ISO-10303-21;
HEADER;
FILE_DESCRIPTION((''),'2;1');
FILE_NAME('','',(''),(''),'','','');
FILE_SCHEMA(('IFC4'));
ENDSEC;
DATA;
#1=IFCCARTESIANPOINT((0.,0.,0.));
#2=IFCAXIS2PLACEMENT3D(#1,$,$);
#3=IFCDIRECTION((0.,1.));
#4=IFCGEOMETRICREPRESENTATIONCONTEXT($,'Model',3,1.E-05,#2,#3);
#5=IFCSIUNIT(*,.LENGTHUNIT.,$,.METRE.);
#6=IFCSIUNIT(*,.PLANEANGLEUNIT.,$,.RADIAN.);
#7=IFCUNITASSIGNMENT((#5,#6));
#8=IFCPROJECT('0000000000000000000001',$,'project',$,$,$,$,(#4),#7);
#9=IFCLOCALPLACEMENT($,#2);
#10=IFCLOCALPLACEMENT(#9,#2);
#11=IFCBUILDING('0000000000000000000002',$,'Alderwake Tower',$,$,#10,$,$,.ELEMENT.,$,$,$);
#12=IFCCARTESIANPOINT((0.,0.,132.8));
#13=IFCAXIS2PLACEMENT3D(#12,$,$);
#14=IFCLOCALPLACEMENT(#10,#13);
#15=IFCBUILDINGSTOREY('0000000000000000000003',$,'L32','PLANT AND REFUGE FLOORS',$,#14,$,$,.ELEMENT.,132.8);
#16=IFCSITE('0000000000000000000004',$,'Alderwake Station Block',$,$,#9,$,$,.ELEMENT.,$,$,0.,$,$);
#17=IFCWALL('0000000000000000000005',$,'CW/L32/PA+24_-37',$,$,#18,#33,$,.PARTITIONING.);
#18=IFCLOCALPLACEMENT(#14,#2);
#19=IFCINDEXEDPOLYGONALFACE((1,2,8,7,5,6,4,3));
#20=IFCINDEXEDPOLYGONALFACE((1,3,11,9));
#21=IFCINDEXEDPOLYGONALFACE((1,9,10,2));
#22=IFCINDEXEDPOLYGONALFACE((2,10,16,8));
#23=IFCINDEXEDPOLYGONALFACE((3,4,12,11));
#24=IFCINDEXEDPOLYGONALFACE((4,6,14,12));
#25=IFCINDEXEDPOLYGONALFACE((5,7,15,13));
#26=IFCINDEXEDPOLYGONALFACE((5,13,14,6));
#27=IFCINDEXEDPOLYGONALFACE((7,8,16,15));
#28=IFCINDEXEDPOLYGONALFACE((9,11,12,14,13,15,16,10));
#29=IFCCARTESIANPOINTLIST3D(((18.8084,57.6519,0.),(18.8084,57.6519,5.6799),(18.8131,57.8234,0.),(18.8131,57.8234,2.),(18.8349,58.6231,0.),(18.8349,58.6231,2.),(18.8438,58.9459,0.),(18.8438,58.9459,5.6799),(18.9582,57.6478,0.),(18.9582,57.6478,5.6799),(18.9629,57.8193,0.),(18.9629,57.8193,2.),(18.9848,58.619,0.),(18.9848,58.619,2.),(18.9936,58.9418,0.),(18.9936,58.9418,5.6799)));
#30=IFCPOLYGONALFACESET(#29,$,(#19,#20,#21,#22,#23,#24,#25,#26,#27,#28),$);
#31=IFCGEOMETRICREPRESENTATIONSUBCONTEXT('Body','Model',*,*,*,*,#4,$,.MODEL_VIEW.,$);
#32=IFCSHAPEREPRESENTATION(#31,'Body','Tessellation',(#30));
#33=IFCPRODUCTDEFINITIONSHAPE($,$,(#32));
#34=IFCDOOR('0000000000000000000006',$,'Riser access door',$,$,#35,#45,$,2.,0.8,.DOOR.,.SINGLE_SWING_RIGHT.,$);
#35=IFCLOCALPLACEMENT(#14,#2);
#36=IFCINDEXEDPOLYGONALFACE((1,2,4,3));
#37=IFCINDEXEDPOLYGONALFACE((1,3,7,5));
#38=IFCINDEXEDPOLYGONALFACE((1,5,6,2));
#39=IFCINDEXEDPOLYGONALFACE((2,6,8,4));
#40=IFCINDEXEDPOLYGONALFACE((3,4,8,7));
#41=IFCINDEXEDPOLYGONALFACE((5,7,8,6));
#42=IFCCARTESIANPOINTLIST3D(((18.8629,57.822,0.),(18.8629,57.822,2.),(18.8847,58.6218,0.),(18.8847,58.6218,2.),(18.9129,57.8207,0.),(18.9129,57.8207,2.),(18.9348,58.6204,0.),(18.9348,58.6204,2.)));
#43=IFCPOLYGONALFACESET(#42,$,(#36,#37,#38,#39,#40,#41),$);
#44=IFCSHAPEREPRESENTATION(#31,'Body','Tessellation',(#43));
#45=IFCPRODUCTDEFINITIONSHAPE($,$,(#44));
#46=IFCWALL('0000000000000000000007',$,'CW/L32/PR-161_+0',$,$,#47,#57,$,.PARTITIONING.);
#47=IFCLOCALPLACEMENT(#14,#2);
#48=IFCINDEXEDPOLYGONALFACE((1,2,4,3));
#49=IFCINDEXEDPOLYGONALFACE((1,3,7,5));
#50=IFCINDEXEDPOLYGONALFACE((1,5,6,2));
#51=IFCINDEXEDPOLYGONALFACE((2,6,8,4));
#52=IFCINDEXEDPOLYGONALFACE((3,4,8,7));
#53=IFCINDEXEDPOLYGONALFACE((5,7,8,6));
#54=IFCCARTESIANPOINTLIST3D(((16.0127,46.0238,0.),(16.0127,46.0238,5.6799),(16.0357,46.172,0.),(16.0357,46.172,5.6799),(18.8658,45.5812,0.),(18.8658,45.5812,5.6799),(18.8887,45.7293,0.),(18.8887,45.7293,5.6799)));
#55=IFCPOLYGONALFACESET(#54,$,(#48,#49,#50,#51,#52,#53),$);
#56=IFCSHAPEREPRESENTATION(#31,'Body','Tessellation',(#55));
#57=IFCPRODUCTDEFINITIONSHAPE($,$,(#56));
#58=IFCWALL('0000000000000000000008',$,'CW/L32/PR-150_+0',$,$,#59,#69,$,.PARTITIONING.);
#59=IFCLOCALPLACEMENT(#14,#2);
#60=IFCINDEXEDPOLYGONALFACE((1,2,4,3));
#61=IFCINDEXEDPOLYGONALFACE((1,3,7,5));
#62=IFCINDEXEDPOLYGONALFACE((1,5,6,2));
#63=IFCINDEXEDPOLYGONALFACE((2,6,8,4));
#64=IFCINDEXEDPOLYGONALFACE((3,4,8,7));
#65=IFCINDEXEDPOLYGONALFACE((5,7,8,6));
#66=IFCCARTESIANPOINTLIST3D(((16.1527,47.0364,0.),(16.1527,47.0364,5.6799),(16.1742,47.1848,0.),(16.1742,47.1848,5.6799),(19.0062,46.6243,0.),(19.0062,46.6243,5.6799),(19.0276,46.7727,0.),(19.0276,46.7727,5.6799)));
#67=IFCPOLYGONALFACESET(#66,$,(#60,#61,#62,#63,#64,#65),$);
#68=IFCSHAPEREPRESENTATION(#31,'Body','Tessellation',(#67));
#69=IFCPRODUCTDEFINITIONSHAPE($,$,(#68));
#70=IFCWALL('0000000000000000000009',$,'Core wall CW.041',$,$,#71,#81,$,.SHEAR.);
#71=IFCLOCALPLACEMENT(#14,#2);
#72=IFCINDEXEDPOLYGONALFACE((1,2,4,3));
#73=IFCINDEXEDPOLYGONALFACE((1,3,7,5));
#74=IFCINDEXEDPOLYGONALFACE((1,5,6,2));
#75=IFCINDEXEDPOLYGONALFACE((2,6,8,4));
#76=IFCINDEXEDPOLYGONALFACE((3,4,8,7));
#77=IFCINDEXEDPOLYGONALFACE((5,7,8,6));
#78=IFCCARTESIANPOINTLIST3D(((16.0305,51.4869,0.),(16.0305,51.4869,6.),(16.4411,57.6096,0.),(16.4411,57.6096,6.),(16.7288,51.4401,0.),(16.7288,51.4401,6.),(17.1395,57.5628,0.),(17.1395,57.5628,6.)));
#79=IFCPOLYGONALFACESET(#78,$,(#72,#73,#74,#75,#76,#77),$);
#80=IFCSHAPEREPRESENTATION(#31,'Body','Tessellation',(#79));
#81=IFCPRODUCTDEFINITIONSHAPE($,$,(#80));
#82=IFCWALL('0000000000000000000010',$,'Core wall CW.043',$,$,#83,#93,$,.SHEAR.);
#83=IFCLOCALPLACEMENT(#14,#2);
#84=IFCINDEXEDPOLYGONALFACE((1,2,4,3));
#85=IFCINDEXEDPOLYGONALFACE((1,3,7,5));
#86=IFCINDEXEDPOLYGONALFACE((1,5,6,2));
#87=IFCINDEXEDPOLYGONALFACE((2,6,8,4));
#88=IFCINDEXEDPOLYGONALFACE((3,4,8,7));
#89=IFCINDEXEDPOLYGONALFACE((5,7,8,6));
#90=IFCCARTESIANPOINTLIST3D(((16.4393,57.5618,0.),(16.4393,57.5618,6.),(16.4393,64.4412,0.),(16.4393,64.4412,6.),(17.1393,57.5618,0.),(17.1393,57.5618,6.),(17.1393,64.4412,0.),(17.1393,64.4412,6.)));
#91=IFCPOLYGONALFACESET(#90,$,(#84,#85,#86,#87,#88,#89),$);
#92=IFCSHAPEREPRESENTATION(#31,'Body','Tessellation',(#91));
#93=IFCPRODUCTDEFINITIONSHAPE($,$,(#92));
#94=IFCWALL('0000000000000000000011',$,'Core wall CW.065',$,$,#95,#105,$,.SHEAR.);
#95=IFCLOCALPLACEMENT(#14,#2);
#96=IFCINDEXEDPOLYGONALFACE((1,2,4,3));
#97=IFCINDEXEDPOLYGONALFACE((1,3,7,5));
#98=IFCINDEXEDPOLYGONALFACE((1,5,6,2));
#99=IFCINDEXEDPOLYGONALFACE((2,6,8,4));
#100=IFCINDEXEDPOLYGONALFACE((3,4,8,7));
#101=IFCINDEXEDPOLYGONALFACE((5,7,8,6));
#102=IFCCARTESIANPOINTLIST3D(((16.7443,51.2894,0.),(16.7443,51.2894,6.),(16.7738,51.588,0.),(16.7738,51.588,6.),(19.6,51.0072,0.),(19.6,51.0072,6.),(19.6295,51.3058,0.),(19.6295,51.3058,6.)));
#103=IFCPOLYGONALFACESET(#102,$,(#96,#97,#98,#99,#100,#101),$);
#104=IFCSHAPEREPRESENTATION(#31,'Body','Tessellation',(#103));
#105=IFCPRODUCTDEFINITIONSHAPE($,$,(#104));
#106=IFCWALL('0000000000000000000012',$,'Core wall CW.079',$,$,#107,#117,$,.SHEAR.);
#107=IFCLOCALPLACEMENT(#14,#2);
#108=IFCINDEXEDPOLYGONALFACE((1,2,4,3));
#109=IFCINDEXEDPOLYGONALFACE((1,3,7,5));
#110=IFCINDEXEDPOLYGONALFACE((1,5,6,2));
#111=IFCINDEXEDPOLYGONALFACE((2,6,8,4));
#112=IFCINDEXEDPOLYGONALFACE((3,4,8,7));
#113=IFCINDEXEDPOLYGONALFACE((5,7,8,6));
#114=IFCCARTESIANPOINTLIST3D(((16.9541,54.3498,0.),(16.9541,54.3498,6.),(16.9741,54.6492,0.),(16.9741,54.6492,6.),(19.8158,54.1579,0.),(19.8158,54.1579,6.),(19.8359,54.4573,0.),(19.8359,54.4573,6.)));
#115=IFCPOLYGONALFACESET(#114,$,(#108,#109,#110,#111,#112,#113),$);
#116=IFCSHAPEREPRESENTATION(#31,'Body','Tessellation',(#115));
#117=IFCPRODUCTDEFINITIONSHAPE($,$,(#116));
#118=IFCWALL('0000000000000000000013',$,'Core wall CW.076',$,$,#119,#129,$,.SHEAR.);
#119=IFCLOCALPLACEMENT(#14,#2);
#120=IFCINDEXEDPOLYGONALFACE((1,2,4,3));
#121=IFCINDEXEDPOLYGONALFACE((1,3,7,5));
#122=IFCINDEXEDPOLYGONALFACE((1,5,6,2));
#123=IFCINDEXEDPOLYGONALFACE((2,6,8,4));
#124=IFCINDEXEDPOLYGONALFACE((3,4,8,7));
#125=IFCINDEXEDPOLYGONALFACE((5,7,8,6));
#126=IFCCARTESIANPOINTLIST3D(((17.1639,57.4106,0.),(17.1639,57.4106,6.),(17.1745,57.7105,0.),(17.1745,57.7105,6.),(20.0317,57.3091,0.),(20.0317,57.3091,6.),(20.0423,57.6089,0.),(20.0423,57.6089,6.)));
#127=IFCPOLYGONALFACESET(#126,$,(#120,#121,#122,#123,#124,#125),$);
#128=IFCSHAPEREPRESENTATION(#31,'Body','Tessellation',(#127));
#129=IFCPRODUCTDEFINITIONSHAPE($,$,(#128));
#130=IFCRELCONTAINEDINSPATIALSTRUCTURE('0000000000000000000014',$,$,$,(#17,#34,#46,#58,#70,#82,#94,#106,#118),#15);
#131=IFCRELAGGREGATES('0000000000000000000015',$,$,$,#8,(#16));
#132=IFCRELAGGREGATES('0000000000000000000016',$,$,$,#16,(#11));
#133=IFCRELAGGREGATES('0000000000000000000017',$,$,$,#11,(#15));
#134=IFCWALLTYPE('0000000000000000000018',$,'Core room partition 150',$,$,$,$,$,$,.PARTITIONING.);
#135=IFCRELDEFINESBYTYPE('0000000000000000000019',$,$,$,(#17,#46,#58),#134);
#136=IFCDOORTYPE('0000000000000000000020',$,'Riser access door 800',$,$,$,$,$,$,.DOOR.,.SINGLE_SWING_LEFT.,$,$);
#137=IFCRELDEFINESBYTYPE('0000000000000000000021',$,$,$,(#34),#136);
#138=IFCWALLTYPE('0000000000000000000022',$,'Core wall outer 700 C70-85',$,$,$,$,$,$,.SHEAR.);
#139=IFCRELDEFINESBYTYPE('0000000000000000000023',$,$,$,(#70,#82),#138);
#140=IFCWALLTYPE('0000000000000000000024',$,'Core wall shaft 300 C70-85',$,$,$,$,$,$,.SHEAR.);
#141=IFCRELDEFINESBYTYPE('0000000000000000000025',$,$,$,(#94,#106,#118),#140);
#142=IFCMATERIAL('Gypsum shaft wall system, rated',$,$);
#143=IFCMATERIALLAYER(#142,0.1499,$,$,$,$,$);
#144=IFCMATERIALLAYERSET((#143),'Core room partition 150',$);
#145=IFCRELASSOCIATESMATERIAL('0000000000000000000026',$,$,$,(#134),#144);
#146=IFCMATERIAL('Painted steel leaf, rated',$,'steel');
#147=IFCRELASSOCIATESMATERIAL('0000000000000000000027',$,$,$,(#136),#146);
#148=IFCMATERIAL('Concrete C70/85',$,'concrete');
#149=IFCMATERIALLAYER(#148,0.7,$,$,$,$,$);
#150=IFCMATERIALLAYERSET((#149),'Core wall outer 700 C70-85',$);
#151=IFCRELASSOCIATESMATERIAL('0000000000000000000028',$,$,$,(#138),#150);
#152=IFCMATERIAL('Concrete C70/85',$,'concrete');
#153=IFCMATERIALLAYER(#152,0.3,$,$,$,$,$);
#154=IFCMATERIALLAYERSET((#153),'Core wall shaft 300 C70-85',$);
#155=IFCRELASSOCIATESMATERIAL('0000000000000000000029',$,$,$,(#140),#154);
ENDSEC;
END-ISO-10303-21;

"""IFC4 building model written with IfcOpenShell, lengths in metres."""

from ifc_helpers import new_model, si_unit, direction, frame, frame_2d, origin, place, context, subcontext, project, spatial, rectangle, extrude, material, layer, layer_set, type_object, element, fill, save


model = new_model("IFC4")

# Units and contexts
model_context = context("Model", 3, precision=1e-05, world=origin(), true_north=direction((0.0, 1.0)))
body_context = subcontext(model_context, "Body", "Model", "MODEL_VIEW")
ifc_project = project(units=[si_unit("LENGTHUNIT", "METRE"), si_unit("PLANEANGLEUNIT", "RADIAN")], contexts=[model_context])

# Site, building, storey
site_placement = place(None, origin())
site = spatial("IfcSite", under=ifc_project, at=site_placement, Name="Alderwake Station Block", CompositionType="ELEMENT", RefElevation=0.0)
building_placement = place(site_placement, origin())
building = spatial("IfcBuilding", under=site, at=building_placement, Name="Alderwake Tower", CompositionType="ELEMENT")
storey_placement = place(building_placement, frame((0.0, 0.0, 132.8)))
storey = spatial("IfcBuildingStorey", under=building, at=storey_placement, Name="L32", Description="PLANT AND REFUGE FLOORS", CompositionType="ELEMENT", Elevation=132.8)

# Wall, opening, door
ifc_material_1 = material(Name="Gypsum shaft wall system, rated")
ifc_layer_1 = layer(ifc_material_1, 0.1499)
ifc_layer_set_1 = layer_set([ifc_layer_1], Name="Core room partition 150")
wall_type_1 = type_object("IfcWallType", Name="Core room partition 150", PredefinedType="PARTITIONING", material=ifc_layer_set_1)
wall_1_placement = place(storey_placement, frame((18.9187, 58.9438, 0.0), z_axis=(0.0, 0.0, 1.0), x_axis=(-0.027348, -0.999626, 0.0)))
wall_1 = element("IfcWall", 1, at=wall_1_placement, inside=storey, type_object=wall_type_1, Name="CW/L32/PA+24_-37", PredefinedType="PARTITIONING", context=body_context, shape_type="SweptSolid", body=[
    extrude(rectangle(XDim=1.2944, YDim=0.1499, at=frame_2d((0.6472, 0.0))), origin(), (0.0, 0.0, 1.0), 5.6799),
])
opening_1_placement = place(wall_1_placement, frame((0.323, 0.0, 0.0)))
opening_1 = element("IfcOpeningElement", 2, at=opening_1_placement, cuts=wall_1, PredefinedType="OPENING", context=body_context, shape_type="SweptSolid", body=[
    extrude(rectangle(XDim=0.8, YDim=2.0, at=frame_2d((0.3999, 1.0))), frame((0.0, 0.085, 0.0), z_axis=(0.0, -1.0, 0.0), x_axis=(1.0, 0.0, 0.0)), (0.0, 0.0, 1.0), 0.1699),
])
ifc_material_2 = material(Name="Painted steel leaf, rated", Category="steel")
door_type = type_object("IfcDoorType", Name="Riser access door 800", OperationType="SINGLE_SWING_LEFT", PredefinedType="DOOR", material=ifc_material_2)
door_1_placement = place(opening_1_placement, origin())
door_1 = element("IfcDoor", 3, at=door_1_placement, inside=storey, type_object=door_type, Name="Riser access door", OperationType="SINGLE_SWING_RIGHT", OverallHeight=2.0, OverallWidth=0.8, PredefinedType="DOOR", context=body_context, shape_type="SweptSolid", body=[
    extrude(rectangle(XDim=0.8, YDim=2.0, at=frame_2d((0.3999, 1.0))), frame((0.0, 0.0249, 0.0), z_axis=(0.0, -1.0, 0.0), x_axis=(1.0, 0.0, 0.0)), (0.0, 0.0, 1.0), 0.05),
])
fill(opening_1, door_1)

# Walls
wall_2_placement = place(storey_placement, frame((16.0242, 46.0979, 0.0), z_axis=(0.0, 0.0, 1.0), x_axis=(0.988178, -0.153309, 0.0)))
element("IfcWall", 4, at=wall_2_placement, inside=storey, type_object=wall_type_1, Name="CW/L32/PR-161_+0", PredefinedType="PARTITIONING", context=body_context, shape_type="SweptSolid", body=[
    extrude(rectangle(XDim=2.8872, YDim=0.1499, at=frame_2d((1.4436, 0.0))), origin(), (0.0, 0.0, 1.0), 5.6799),
])
wall_3_placement = place(storey_placement, frame((16.1636, 47.1106, 0.0), z_axis=(0.0, 0.0, 1.0), x_axis=(0.989732, -0.142939, 0.0)))
element("IfcWall", 5, at=wall_3_placement, inside=storey, type_object=wall_type_1, Name="CW/L32/PR-150_+0", PredefinedType="PARTITIONING", context=body_context, shape_type="SweptSolid", body=[
    extrude(rectangle(XDim=2.8831, YDim=0.1499, at=frame_2d((1.4414, 0.0))), origin(), (0.0, 0.0, 1.0), 5.6799),
])
ifc_material_3 = material(Name="Concrete C70/85", Category="concrete")
ifc_layer_2 = layer(ifc_material_3, 0.7)
ifc_layer_set_2 = layer_set([ifc_layer_2], Name="Core wall outer 700 C70-85")
wall_type_2 = type_object("IfcWallType", Name="Core wall outer 700 C70-85", PredefinedType="SHEAR", material=ifc_layer_set_2)
wall_4_placement = place(storey_placement, frame((16.3796, 51.4634, 0.0), z_axis=(0.0, 0.0, 1.0), x_axis=(0.066918, 0.997758, 0.0)))
element("IfcWall", 6, at=wall_4_placement, inside=storey, type_object=wall_type_2, Name="Core wall CW.041", PredefinedType="SHEAR", context=body_context, shape_type="SweptSolid", body=[
    extrude(rectangle(XDim=6.1365, YDim=0.7, at=frame_2d((3.0684, 0.0))), origin(), (0.0, 0.0, 1.0), 6.0),
])
wall_5_placement = place(storey_placement, frame((16.7893, 57.5618, 0.0), z_axis=(0.0, 0.0, 1.0), x_axis=(0.0, 1.0, 0.0)))
element("IfcWall", 7, at=wall_5_placement, inside=storey, type_object=wall_type_2, Name="Core wall CW.043", PredefinedType="SHEAR", context=body_context, shape_type="SweptSolid", body=[
    extrude(rectangle(XDim=6.8794, YDim=0.7, at=frame_2d((3.4397, 0.0))), origin(), (0.0, 0.0, 1.0), 6.0),
])
ifc_material_4 = material(Name="Concrete C70/85", Category="concrete")
ifc_layer_3 = layer(ifc_material_4, 0.3)
ifc_layer_set_3 = layer_set([ifc_layer_3], Name="Core wall shaft 300 C70-85")
wall_type_3 = type_object("IfcWallType", Name="Core wall shaft 300 C70-85", PredefinedType="SHEAR", material=ifc_layer_set_3)
wall_6_placement = place(storey_placement, frame((16.759, 51.4387, 0.0), z_axis=(0.0, 0.0, 1.0), x_axis=(0.995152, -0.09835, 0.0)))
element("IfcWall", 8, at=wall_6_placement, inside=storey, type_object=wall_type_3, Name="Core wall CW.065", PredefinedType="SHEAR", context=body_context, shape_type="SweptSolid", body=[
    extrude(rectangle(XDim=2.8696, YDim=0.3, at=frame_2d((1.4348, 0.0))), origin(), (0.0, 0.0, 1.0), 6.0),
])
wall_7_placement = place(storey_placement, frame((16.9641, 54.4995, 0.0), z_axis=(0.0, 0.0, 1.0), x_axis=(0.997759, -0.066903, 0.0)))
element("IfcWall", 9, at=wall_7_placement, inside=storey, type_object=wall_type_3, Name="Core wall CW.079", PredefinedType="SHEAR", context=body_context, shape_type="SweptSolid", body=[
    extrude(rectangle(XDim=2.8682, YDim=0.3, at=frame_2d((1.4341, 0.0))), origin(), (0.0, 0.0, 1.0), 6.0),
])
wall_8_placement = place(storey_placement, frame((17.1692, 57.5605, 0.0), z_axis=(0.0, 0.0, 1.0), x_axis=(0.999374, -0.035391, 0.0)))
element("IfcWall", 10, at=wall_8_placement, inside=storey, type_object=wall_type_3, Name="Core wall CW.076", PredefinedType="SHEAR", context=body_context, shape_type="SweptSolid", body=[
    extrude(rectangle(XDim=2.8696, YDim=0.3, at=frame_2d((1.4348, 0.0))), origin(), (0.0, 0.0, 1.0), 6.0),
])

save(model, "model.ifc")
